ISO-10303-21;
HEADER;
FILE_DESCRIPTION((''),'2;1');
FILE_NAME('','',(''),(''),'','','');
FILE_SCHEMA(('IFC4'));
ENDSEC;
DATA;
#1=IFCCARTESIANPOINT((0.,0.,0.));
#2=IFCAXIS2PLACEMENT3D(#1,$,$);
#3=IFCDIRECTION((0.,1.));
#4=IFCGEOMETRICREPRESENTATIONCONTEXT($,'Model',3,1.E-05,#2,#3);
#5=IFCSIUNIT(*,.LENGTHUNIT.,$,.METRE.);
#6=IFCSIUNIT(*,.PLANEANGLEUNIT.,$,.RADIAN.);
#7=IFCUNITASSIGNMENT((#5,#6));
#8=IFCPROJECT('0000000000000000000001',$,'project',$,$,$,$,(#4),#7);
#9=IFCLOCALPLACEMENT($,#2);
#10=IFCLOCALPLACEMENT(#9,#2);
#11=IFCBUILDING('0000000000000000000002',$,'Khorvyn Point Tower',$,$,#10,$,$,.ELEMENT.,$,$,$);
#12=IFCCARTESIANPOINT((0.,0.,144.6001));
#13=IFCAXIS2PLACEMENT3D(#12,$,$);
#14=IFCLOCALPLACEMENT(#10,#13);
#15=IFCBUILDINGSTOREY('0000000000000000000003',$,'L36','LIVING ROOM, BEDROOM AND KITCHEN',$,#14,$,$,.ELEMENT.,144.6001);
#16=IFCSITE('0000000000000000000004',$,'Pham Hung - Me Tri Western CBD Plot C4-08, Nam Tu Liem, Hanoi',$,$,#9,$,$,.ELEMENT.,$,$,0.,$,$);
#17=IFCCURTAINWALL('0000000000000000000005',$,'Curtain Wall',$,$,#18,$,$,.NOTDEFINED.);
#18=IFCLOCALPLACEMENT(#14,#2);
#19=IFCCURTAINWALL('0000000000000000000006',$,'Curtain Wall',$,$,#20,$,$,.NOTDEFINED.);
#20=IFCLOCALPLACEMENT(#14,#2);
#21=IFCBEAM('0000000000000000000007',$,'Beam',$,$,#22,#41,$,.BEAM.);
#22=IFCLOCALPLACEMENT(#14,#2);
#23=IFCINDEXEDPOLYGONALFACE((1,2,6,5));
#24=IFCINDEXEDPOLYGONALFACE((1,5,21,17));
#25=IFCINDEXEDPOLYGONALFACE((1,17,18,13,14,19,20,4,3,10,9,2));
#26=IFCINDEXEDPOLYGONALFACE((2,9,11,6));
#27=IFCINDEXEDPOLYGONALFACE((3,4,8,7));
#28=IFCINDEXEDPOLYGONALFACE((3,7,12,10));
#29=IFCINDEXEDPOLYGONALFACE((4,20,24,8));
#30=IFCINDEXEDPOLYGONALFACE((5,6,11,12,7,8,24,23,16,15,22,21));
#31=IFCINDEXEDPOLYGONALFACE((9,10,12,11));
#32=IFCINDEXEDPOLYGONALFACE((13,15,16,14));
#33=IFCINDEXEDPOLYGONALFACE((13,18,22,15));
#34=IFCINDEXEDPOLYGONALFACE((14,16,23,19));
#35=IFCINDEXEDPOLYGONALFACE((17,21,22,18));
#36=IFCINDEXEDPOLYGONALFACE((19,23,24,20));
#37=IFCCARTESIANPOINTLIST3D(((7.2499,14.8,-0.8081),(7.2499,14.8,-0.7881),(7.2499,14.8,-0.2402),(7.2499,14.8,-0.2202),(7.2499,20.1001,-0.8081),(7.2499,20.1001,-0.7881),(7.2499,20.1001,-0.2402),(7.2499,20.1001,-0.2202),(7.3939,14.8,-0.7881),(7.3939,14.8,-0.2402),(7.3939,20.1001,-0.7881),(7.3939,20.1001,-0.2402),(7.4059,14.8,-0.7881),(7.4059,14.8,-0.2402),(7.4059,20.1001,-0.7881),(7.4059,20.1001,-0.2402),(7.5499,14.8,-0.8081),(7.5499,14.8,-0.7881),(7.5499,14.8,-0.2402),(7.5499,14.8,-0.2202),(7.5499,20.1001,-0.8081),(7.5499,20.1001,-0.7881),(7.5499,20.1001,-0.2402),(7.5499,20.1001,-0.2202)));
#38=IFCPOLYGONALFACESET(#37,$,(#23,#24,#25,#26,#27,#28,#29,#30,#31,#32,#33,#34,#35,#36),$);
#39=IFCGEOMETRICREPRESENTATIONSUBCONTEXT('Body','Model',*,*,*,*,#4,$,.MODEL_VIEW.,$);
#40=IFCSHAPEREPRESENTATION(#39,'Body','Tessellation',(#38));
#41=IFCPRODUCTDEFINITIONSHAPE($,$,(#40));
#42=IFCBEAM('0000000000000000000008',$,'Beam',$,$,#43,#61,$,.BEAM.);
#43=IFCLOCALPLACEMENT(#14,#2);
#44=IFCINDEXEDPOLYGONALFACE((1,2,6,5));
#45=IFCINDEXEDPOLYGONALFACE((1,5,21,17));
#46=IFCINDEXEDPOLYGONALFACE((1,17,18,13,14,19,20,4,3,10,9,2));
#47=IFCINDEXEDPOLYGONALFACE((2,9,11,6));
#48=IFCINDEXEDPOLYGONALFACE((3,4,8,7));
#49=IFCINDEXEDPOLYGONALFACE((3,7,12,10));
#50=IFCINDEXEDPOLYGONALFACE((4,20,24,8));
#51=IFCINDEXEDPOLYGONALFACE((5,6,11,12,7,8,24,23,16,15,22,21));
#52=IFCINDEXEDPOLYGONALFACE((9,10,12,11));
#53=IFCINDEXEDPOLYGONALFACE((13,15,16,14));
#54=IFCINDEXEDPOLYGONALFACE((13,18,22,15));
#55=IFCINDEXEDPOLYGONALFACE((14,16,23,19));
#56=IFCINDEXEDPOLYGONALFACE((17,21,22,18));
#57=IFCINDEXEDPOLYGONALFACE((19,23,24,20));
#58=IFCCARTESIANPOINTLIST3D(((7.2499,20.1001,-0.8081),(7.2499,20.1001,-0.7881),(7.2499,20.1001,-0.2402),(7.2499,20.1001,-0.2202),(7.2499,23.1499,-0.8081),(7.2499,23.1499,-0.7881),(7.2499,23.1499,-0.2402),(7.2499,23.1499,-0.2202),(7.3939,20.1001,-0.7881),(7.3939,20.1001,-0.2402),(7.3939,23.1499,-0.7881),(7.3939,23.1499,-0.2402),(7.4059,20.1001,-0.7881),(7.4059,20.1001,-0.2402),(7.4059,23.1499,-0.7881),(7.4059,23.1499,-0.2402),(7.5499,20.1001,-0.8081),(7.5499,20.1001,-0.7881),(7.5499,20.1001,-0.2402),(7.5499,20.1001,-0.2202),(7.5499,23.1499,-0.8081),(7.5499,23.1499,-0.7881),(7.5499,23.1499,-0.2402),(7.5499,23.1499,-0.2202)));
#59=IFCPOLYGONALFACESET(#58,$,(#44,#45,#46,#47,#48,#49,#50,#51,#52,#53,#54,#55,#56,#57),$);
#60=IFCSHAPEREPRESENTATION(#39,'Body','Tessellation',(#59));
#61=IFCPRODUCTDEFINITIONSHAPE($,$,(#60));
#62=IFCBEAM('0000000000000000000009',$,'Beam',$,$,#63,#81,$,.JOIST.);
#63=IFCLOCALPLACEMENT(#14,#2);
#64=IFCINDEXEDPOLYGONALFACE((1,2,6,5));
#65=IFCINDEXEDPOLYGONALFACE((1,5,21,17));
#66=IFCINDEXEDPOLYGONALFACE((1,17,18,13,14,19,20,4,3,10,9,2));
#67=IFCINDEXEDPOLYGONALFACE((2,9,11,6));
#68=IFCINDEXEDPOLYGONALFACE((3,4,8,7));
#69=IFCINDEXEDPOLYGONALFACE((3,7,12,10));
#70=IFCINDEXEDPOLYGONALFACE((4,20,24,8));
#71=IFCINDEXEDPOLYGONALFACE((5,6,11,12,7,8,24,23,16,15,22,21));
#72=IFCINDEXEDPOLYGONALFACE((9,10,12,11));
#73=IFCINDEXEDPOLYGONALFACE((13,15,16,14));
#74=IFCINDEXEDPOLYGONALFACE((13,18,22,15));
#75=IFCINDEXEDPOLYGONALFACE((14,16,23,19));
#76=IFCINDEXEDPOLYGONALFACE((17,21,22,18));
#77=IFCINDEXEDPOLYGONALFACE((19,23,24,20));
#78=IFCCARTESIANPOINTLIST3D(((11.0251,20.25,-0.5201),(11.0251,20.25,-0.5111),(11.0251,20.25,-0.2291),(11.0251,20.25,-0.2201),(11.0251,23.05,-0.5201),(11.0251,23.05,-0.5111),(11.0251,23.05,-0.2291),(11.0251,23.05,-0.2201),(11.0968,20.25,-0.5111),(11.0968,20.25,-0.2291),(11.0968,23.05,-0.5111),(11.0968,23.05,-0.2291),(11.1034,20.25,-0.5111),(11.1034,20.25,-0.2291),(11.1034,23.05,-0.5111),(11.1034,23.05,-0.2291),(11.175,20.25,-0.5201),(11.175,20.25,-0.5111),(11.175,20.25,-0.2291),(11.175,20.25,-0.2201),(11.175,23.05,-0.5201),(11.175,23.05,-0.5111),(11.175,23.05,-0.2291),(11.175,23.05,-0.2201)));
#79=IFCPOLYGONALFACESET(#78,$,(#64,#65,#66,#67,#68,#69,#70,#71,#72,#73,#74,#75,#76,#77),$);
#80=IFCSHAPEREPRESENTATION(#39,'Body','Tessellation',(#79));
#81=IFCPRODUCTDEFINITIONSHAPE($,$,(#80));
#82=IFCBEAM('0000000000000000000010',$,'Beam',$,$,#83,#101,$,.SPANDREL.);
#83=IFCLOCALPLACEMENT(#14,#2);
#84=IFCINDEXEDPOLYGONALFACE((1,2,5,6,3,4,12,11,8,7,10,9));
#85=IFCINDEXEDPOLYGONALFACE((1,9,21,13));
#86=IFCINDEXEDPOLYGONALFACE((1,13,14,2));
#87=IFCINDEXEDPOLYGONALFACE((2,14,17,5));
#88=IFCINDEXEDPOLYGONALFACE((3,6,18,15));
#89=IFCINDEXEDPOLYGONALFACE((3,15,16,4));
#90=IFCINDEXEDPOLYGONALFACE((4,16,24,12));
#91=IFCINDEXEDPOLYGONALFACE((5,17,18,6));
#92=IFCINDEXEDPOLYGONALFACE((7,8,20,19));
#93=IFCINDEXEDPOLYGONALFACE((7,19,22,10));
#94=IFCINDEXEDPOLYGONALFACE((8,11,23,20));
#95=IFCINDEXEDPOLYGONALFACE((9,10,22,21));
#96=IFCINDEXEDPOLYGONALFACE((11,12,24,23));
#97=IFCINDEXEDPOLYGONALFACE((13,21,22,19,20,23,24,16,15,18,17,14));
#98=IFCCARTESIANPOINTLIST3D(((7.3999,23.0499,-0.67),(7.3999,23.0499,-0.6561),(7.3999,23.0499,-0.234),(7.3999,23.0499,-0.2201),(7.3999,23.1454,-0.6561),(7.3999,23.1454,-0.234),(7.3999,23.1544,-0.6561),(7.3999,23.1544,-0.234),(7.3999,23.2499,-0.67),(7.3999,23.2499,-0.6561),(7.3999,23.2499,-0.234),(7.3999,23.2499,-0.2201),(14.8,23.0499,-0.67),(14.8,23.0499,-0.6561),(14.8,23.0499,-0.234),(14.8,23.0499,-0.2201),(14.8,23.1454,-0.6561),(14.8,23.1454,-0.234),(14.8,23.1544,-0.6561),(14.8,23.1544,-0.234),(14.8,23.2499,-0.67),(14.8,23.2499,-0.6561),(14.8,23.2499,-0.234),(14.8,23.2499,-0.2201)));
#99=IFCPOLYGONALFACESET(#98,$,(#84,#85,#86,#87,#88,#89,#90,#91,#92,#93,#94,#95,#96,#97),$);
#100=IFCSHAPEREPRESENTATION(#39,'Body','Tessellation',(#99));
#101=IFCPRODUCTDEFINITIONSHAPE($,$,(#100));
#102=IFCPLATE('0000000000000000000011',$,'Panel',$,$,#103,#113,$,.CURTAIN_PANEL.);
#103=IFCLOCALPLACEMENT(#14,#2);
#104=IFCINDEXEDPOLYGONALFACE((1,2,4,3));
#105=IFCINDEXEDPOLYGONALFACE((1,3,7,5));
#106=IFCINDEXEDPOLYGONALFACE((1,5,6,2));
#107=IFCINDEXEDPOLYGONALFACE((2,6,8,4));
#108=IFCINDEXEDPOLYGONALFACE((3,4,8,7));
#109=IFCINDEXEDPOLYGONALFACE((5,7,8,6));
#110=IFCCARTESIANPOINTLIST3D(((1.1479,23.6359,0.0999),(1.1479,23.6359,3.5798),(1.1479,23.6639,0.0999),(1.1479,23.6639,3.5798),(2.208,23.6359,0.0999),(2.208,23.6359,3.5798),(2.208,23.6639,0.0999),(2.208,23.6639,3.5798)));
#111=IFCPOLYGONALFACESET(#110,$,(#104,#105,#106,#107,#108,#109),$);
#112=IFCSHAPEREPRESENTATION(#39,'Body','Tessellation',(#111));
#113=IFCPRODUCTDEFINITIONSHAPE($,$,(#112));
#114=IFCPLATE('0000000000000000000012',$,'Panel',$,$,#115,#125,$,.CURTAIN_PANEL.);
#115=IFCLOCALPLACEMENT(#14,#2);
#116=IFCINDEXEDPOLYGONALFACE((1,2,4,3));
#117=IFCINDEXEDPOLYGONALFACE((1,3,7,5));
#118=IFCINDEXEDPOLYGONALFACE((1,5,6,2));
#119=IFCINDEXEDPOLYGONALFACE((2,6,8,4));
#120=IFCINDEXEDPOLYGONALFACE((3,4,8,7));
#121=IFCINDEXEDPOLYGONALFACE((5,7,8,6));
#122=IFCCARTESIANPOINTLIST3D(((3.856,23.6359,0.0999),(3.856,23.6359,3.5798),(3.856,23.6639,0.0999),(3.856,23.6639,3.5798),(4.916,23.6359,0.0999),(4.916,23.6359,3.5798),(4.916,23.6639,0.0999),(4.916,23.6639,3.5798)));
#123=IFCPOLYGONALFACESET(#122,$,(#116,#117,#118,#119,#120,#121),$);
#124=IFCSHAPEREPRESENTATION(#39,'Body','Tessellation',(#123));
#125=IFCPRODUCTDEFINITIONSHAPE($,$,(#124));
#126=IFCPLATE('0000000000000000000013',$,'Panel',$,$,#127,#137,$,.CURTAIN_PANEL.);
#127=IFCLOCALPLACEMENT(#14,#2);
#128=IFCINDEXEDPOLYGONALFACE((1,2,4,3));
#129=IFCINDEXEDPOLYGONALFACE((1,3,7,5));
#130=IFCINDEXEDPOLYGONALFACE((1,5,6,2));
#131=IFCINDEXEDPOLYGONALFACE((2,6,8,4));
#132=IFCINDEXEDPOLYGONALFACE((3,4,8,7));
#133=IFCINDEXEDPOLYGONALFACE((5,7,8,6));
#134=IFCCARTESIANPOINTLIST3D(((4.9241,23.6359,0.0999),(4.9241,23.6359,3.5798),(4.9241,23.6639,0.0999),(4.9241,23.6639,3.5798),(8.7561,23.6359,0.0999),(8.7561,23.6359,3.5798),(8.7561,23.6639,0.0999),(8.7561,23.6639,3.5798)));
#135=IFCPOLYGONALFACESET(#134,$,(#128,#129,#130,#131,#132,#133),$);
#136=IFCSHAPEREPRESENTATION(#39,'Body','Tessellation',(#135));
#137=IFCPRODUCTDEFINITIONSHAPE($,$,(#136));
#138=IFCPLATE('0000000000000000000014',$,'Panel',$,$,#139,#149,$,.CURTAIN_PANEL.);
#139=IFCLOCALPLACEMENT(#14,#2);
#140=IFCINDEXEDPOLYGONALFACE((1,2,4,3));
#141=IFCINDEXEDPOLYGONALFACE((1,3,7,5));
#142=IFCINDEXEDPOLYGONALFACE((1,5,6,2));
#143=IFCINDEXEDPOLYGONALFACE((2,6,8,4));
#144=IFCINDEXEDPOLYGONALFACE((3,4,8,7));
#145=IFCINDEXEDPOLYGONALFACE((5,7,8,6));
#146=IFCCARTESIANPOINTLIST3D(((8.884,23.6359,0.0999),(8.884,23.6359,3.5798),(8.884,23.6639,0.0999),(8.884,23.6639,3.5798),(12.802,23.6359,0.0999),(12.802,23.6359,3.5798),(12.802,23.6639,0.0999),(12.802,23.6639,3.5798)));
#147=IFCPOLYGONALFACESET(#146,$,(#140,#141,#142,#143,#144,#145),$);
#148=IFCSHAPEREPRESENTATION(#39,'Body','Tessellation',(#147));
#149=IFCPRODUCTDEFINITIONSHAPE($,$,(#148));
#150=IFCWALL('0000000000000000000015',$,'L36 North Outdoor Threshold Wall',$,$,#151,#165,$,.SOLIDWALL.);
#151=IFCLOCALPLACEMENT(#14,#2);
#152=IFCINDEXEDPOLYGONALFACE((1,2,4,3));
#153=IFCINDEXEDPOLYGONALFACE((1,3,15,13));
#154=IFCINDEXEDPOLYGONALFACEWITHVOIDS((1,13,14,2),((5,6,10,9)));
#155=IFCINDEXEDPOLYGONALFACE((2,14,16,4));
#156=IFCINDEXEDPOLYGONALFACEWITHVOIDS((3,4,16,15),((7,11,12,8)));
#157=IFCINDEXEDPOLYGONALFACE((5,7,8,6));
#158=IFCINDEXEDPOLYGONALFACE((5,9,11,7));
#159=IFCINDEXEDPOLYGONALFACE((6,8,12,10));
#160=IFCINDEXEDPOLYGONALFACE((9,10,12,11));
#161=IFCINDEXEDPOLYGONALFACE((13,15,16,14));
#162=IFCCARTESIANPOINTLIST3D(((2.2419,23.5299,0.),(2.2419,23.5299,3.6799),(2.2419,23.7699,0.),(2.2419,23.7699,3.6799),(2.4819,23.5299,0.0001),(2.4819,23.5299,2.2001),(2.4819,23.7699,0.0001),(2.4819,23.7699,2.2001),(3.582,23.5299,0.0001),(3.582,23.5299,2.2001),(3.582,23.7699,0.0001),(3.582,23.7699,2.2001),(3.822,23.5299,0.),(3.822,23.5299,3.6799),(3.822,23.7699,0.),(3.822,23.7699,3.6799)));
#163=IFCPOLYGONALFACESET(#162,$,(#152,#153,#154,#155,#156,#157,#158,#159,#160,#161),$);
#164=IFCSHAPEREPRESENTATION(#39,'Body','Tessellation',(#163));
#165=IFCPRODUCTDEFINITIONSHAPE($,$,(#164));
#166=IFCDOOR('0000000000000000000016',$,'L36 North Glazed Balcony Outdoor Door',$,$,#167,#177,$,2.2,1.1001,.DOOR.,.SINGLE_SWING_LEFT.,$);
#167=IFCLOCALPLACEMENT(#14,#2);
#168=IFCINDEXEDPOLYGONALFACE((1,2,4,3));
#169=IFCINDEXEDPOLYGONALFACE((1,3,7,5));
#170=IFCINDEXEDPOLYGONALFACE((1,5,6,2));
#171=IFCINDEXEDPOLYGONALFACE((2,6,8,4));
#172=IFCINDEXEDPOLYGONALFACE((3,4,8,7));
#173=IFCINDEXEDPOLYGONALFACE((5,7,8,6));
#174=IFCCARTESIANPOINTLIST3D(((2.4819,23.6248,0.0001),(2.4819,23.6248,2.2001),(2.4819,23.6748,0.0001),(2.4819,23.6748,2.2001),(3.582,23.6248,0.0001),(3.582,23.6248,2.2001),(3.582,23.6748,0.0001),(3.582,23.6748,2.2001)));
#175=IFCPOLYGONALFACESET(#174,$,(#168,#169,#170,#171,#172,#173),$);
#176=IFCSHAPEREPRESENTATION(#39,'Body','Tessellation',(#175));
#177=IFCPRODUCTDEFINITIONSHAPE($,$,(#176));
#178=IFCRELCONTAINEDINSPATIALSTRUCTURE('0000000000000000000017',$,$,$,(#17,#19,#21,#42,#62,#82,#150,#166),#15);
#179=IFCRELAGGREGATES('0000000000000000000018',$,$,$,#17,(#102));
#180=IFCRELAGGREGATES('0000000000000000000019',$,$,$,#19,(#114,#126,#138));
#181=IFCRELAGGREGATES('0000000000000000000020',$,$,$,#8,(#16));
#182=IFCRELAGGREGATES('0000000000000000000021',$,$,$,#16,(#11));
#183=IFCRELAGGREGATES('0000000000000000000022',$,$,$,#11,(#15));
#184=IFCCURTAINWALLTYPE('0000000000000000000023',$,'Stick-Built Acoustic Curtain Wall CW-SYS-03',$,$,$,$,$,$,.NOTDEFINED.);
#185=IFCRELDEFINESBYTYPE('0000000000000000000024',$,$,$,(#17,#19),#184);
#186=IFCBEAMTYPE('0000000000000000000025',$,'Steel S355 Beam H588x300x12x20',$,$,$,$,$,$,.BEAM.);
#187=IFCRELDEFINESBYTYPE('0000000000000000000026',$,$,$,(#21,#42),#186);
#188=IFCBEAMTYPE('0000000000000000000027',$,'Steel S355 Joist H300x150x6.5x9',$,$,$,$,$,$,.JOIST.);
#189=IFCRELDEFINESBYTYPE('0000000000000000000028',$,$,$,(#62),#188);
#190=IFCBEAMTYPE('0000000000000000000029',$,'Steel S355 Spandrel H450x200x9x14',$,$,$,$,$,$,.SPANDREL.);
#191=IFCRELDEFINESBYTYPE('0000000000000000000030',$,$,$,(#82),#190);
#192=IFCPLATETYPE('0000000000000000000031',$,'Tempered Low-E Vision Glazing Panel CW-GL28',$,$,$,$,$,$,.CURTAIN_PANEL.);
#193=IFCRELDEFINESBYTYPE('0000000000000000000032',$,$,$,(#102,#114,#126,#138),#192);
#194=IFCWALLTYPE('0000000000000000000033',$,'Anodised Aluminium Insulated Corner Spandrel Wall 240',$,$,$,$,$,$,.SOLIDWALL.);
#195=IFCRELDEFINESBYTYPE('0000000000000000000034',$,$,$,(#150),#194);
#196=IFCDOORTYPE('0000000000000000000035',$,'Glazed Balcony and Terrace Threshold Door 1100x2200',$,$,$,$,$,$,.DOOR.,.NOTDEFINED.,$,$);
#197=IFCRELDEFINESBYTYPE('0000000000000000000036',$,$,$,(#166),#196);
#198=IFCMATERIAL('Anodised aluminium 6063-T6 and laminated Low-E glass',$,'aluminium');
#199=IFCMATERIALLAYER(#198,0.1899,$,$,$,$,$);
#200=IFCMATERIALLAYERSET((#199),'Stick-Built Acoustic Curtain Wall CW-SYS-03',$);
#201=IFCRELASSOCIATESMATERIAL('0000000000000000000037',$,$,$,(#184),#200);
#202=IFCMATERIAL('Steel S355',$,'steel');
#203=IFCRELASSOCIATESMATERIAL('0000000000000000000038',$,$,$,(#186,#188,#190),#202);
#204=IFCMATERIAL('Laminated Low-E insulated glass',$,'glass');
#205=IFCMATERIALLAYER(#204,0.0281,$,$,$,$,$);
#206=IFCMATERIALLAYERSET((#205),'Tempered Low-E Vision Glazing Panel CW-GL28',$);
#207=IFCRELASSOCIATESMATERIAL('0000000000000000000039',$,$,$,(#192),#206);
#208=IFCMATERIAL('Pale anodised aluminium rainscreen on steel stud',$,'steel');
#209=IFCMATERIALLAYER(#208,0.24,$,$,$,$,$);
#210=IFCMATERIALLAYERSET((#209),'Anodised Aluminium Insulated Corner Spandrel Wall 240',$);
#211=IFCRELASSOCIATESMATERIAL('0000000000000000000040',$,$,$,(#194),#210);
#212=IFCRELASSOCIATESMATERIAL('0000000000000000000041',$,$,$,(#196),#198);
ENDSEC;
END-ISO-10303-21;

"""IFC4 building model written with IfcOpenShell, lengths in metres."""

from ifc_helpers import new_model, si_unit, direction, frame, frame_2d, origin, origin_2d, place, context, subcontext, project, spatial, rectangle, i_section, extrude, material, layer, layer_set, material_profile, profile_set, type_object, element, fill, aggregate, save


model = new_model("IFC4")

# Units and contexts
model_context = context("Model", 3, precision=1e-05, world=origin(), true_north=direction((0.0, 1.0)))
body_context = subcontext(model_context, "Body", "Model", "MODEL_VIEW")
ifc_project = project(units=[si_unit("LENGTHUNIT", "METRE"), si_unit("PLANEANGLEUNIT", "RADIAN")], contexts=[model_context])

# Site, building, storey
site_placement = place(None, origin())
site = spatial("IfcSite", under=ifc_project, at=site_placement, Name="Pham Hung - Me Tri Western CBD Plot C4-08, Nam Tu Liem, Hanoi", CompositionType="ELEMENT", RefElevation=0.0)
building_placement = place(site_placement, origin())
building = spatial("IfcBuilding", under=site, at=building_placement, Name="Khorvyn Point Tower", CompositionType="ELEMENT")
storey_placement = place(building_placement, frame((0.0, 0.0, 144.6001)))
storey = spatial("IfcBuildingStorey", under=building, at=storey_placement, Name="L36", Description="LIVING ROOM, BEDROOM AND KITCHEN", CompositionType="ELEMENT", Elevation=144.6001)

# Curtain wall
ifc_material_1 = material(Name="Anodised aluminium 6063-T6 and laminated Low-E glass", Category="aluminium")
ifc_layer_1 = layer(ifc_material_1, 0.1899)
ifc_layer_set_1 = layer_set([ifc_layer_1], Name="Stick-Built Acoustic Curtain Wall CW-SYS-03")
curtain_wall_type = type_object("IfcCurtainWallType", Name="Stick-Built Acoustic Curtain Wall CW-SYS-03", PredefinedType="NOTDEFINED", material=ifc_layer_set_1)
curtain_wall_1_placement = place(storey_placement, origin())
curtain_wall_1 = element("IfcCurtainWall", 1, at=curtain_wall_1_placement, inside=storey, type_object=curtain_wall_type, Name="Curtain Wall", PredefinedType="NOTDEFINED")

# Curtain wall
curtain_wall_2_placement = place(storey_placement, origin())
curtain_wall_2 = element("IfcCurtainWall", 2, at=curtain_wall_2_placement, inside=storey, type_object=curtain_wall_type, Name="Curtain Wall", PredefinedType="NOTDEFINED")

# Beams
ifc_material_2 = material(Name="Steel S355", Category="steel")
ifc_material_profile_1 = material_profile(ifc_material_2, i_section(OverallWidth=0.3, OverallDepth=0.5879, WebThickness=0.012, FlangeThickness=0.02, at=origin_2d()))
ifc_profile_set_1 = profile_set([ifc_material_profile_1], Name="Steel S355 H588x300x12x20")
beam_type_1 = type_object("IfcBeamType", Name="Steel S355 Beam H588x300x12x20", PredefinedType="BEAM", material=ifc_profile_set_1)
beam_1_placement = place(storey_placement, frame((7.3999, 14.8, -0.5142), z_axis=(0.0, 1.0, 0.0), x_axis=(-1.0, 0.0, 0.0)))
element("IfcBeam", 3, at=beam_1_placement, inside=storey, type_object=beam_type_1, Name="Beam", PredefinedType="BEAM", context=body_context, shape_type="SweptSolid", body=[
    extrude(i_section(OverallWidth=0.3, OverallDepth=0.5879, WebThickness=0.012, FlangeThickness=0.02, at=origin_2d()), origin(), (0.0, 0.0, 1.0), 5.3),
])
beam_2_placement = place(storey_placement, frame((7.3999, 20.1001, -0.5142), z_axis=(0.0, 1.0, 0.0), x_axis=(-1.0, 0.0, 0.0)))
element("IfcBeam", 4, at=beam_2_placement, inside=storey, type_object=beam_type_1, Name="Beam", PredefinedType="BEAM", context=body_context, shape_type="SweptSolid", body=[
    extrude(i_section(OverallWidth=0.3, OverallDepth=0.5879, WebThickness=0.012, FlangeThickness=0.02, at=origin_2d()), origin(), (0.0, 0.0, 1.0), 3.0498),
])
ifc_material_profile_2 = material_profile(ifc_material_2, i_section(OverallWidth=0.1499, OverallDepth=0.3, WebThickness=0.0066, FlangeThickness=0.009, at=origin_2d()))
ifc_profile_set_2 = profile_set([ifc_material_profile_2], Name="Steel S355 H300x150x6.5x9")
beam_type_2 = type_object("IfcBeamType", Name="Steel S355 Joist H300x150x6.5x9", PredefinedType="JOIST", material=ifc_profile_set_2)
beam_3_placement = place(storey_placement, frame((11.1001, 20.25, -0.3701), z_axis=(0.0, 1.0, 0.0), x_axis=(-1.0, 0.0, 0.0)))
element("IfcBeam", 5, at=beam_3_placement, inside=storey, type_object=beam_type_2, Name="Beam", PredefinedType="JOIST", context=body_context, shape_type="SweptSolid", body=[
    extrude(i_section(OverallWidth=0.1499, OverallDepth=0.3, WebThickness=0.0066, FlangeThickness=0.009, at=origin_2d()), origin(), (0.0, 0.0, 1.0), 2.8),
])
ifc_material_profile_3 = material_profile(ifc_material_2, i_section(OverallWidth=0.2, OverallDepth=0.45, WebThickness=0.009, FlangeThickness=0.0139, at=origin_2d()))
ifc_profile_set_3 = profile_set([ifc_material_profile_3], Name="Steel S355 H450x200x9x14")
beam_type_3 = type_object("IfcBeamType", Name="Steel S355 Spandrel H450x200x9x14", PredefinedType="SPANDREL", material=ifc_profile_set_3)
beam_4_placement = place(storey_placement, frame((7.3999, 23.1499, -0.4451), z_axis=(1.0, 0.0, 0.0), x_axis=(0.0, 1.0, 0.0)))
element("IfcBeam", 6, at=beam_4_placement, inside=storey, type_object=beam_type_3, Name="Beam", PredefinedType="SPANDREL", context=body_context, shape_type="SweptSolid", body=[
    extrude(i_section(OverallWidth=0.2, OverallDepth=0.45, WebThickness=0.009, FlangeThickness=0.0139, at=origin_2d()), origin(), (0.0, 0.0, 1.0), 7.4001),
])

# Plates
ifc_material_3 = material(Name="Laminated Low-E insulated glass", Category="glass")
ifc_layer_2 = layer(ifc_material_3, 0.0281)
ifc_layer_set_2 = layer_set([ifc_layer_2], Name="Tempered Low-E Vision Glazing Panel CW-GL28")
plate_type = type_object("IfcPlateType", Name="Tempered Low-E Vision Glazing Panel CW-GL28", PredefinedType="CURTAIN_PANEL", material=ifc_layer_set_2)
plate_1_placement = place(storey_placement, frame((1.678, 23.6499, 0.0999), z_axis=(0.0, 0.0, 1.0), x_axis=(1.0, 0.0, 0.0)))
plate_1 = element("IfcPlate", 7, at=plate_1_placement, type_object=plate_type, Name="Panel", PredefinedType="CURTAIN_PANEL", context=body_context, shape_type="SweptSolid", body=[
    extrude(rectangle(XDim=1.0601, YDim=0.0281, at=origin_2d()), origin(), (0.0, 0.0, 1.0), 3.48),
])
aggregate(curtain_wall_1, [plate_1])
plate_2_placement = place(storey_placement, frame((4.386, 23.6499, 0.0999), z_axis=(0.0, 0.0, 1.0), x_axis=(1.0, 0.0, 0.0)))
plate_2 = element("IfcPlate", 8, at=plate_2_placement, type_object=plate_type, Name="Panel", PredefinedType="CURTAIN_PANEL", context=body_context, shape_type="SweptSolid", body=[
    extrude(rectangle(XDim=1.0601, YDim=0.0281, at=origin_2d()), origin(), (0.0, 0.0, 1.0), 3.48),
])
plate_3_placement = place(storey_placement, frame((6.8401, 23.6499, 0.0999), z_axis=(0.0, 0.0, 1.0), x_axis=(1.0, 0.0, 0.0)))
plate_3 = element("IfcPlate", 9, at=plate_3_placement, type_object=plate_type, Name="Panel", PredefinedType="CURTAIN_PANEL", context=body_context, shape_type="SweptSolid", body=[
    extrude(rectangle(XDim=3.832, YDim=0.0281, at=origin_2d()), origin(), (0.0, 0.0, 1.0), 3.48),
])
plate_4_placement = place(storey_placement, frame((10.843, 23.6499, 0.0999), z_axis=(0.0, 0.0, 1.0), x_axis=(1.0, 0.0, 0.0)))
plate_4 = element("IfcPlate", 10, at=plate_4_placement, type_object=plate_type, Name="Panel", PredefinedType="CURTAIN_PANEL", context=body_context, shape_type="SweptSolid", body=[
    extrude(rectangle(XDim=3.918, YDim=0.0281, at=origin_2d()), origin(), (0.0, 0.0, 1.0), 3.48),
])
aggregate(curtain_wall_2, [plate_2, plate_3, plate_4])

# Wall, opening, door
ifc_material_4 = material(Name="Pale anodised aluminium rainscreen on steel stud", Category="steel")
ifc_layer_3 = layer(ifc_material_4, 0.24)
ifc_layer_set_3 = layer_set([ifc_layer_3], Name="Anodised Aluminium Insulated Corner Spandrel Wall 240")
wall_type_1 = type_object("IfcWallType", Name="Anodised Aluminium Insulated Corner Spandrel Wall 240", PredefinedType="SOLIDWALL", material=ifc_layer_set_3)
wall_1_placement = place(storey_placement, frame((2.2419, 23.6499, 0.0), z_axis=(0.0, 0.0, 1.0), x_axis=(1.0, 0.0, 0.0)))
wall_1 = element("IfcWall", 11, at=wall_1_placement, inside=storey, type_object=wall_type_1, Name="L36 North Outdoor Threshold Wall", PredefinedType="SOLIDWALL", context=body_context, shape_type="SweptSolid", body=[
    extrude(rectangle(XDim=1.5801, YDim=0.24, at=frame_2d((0.79, 0.0))), origin(), (0.0, 0.0, 1.0), 3.6799),
])
opening_1_placement = place(wall_1_placement, frame((0.24, 0.0, 0.0)))
opening_1 = element("IfcOpeningElement", 12, at=opening_1_placement, cuts=wall_1, PredefinedType="OPENING", context=body_context, shape_type="SweptSolid", body=[
    extrude(rectangle(XDim=1.1001, YDim=2.2, at=frame_2d((0.55, 1.1001))), frame((0.0, 0.1299, 0.0), z_axis=(0.0, -1.0, 0.0), x_axis=(1.0, 0.0, 0.0)), (0.0, 0.0, 1.0), 0.26),
])
door_type_1 = type_object("IfcDoorType", Name="Glazed Balcony and Terrace Threshold Door 1100x2200", OperationType="NOTDEFINED", PredefinedType="DOOR", material=ifc_material_1)
door_1_placement = place(opening_1_placement, origin())
door_1 = element("IfcDoor", 13, at=door_1_placement, inside=storey, type_object=door_type_1, Name="L36 North Glazed Balcony Outdoor Door", OperationType="SINGLE_SWING_LEFT", OverallHeight=2.2, OverallWidth=1.1001, PredefinedType="DOOR", context=body_context, shape_type="SweptSolid", body=[
    extrude(rectangle(XDim=1.1001, YDim=2.2, at=frame_2d((0.55, 1.1001))), frame((0.0, 0.0249, 0.0), z_axis=(0.0, -1.0, 0.0), x_axis=(1.0, 0.0, 0.0)), (0.0, 0.0, 1.0), 0.05),
])
fill(opening_1, door_1)

save(model, "model.ifc")
